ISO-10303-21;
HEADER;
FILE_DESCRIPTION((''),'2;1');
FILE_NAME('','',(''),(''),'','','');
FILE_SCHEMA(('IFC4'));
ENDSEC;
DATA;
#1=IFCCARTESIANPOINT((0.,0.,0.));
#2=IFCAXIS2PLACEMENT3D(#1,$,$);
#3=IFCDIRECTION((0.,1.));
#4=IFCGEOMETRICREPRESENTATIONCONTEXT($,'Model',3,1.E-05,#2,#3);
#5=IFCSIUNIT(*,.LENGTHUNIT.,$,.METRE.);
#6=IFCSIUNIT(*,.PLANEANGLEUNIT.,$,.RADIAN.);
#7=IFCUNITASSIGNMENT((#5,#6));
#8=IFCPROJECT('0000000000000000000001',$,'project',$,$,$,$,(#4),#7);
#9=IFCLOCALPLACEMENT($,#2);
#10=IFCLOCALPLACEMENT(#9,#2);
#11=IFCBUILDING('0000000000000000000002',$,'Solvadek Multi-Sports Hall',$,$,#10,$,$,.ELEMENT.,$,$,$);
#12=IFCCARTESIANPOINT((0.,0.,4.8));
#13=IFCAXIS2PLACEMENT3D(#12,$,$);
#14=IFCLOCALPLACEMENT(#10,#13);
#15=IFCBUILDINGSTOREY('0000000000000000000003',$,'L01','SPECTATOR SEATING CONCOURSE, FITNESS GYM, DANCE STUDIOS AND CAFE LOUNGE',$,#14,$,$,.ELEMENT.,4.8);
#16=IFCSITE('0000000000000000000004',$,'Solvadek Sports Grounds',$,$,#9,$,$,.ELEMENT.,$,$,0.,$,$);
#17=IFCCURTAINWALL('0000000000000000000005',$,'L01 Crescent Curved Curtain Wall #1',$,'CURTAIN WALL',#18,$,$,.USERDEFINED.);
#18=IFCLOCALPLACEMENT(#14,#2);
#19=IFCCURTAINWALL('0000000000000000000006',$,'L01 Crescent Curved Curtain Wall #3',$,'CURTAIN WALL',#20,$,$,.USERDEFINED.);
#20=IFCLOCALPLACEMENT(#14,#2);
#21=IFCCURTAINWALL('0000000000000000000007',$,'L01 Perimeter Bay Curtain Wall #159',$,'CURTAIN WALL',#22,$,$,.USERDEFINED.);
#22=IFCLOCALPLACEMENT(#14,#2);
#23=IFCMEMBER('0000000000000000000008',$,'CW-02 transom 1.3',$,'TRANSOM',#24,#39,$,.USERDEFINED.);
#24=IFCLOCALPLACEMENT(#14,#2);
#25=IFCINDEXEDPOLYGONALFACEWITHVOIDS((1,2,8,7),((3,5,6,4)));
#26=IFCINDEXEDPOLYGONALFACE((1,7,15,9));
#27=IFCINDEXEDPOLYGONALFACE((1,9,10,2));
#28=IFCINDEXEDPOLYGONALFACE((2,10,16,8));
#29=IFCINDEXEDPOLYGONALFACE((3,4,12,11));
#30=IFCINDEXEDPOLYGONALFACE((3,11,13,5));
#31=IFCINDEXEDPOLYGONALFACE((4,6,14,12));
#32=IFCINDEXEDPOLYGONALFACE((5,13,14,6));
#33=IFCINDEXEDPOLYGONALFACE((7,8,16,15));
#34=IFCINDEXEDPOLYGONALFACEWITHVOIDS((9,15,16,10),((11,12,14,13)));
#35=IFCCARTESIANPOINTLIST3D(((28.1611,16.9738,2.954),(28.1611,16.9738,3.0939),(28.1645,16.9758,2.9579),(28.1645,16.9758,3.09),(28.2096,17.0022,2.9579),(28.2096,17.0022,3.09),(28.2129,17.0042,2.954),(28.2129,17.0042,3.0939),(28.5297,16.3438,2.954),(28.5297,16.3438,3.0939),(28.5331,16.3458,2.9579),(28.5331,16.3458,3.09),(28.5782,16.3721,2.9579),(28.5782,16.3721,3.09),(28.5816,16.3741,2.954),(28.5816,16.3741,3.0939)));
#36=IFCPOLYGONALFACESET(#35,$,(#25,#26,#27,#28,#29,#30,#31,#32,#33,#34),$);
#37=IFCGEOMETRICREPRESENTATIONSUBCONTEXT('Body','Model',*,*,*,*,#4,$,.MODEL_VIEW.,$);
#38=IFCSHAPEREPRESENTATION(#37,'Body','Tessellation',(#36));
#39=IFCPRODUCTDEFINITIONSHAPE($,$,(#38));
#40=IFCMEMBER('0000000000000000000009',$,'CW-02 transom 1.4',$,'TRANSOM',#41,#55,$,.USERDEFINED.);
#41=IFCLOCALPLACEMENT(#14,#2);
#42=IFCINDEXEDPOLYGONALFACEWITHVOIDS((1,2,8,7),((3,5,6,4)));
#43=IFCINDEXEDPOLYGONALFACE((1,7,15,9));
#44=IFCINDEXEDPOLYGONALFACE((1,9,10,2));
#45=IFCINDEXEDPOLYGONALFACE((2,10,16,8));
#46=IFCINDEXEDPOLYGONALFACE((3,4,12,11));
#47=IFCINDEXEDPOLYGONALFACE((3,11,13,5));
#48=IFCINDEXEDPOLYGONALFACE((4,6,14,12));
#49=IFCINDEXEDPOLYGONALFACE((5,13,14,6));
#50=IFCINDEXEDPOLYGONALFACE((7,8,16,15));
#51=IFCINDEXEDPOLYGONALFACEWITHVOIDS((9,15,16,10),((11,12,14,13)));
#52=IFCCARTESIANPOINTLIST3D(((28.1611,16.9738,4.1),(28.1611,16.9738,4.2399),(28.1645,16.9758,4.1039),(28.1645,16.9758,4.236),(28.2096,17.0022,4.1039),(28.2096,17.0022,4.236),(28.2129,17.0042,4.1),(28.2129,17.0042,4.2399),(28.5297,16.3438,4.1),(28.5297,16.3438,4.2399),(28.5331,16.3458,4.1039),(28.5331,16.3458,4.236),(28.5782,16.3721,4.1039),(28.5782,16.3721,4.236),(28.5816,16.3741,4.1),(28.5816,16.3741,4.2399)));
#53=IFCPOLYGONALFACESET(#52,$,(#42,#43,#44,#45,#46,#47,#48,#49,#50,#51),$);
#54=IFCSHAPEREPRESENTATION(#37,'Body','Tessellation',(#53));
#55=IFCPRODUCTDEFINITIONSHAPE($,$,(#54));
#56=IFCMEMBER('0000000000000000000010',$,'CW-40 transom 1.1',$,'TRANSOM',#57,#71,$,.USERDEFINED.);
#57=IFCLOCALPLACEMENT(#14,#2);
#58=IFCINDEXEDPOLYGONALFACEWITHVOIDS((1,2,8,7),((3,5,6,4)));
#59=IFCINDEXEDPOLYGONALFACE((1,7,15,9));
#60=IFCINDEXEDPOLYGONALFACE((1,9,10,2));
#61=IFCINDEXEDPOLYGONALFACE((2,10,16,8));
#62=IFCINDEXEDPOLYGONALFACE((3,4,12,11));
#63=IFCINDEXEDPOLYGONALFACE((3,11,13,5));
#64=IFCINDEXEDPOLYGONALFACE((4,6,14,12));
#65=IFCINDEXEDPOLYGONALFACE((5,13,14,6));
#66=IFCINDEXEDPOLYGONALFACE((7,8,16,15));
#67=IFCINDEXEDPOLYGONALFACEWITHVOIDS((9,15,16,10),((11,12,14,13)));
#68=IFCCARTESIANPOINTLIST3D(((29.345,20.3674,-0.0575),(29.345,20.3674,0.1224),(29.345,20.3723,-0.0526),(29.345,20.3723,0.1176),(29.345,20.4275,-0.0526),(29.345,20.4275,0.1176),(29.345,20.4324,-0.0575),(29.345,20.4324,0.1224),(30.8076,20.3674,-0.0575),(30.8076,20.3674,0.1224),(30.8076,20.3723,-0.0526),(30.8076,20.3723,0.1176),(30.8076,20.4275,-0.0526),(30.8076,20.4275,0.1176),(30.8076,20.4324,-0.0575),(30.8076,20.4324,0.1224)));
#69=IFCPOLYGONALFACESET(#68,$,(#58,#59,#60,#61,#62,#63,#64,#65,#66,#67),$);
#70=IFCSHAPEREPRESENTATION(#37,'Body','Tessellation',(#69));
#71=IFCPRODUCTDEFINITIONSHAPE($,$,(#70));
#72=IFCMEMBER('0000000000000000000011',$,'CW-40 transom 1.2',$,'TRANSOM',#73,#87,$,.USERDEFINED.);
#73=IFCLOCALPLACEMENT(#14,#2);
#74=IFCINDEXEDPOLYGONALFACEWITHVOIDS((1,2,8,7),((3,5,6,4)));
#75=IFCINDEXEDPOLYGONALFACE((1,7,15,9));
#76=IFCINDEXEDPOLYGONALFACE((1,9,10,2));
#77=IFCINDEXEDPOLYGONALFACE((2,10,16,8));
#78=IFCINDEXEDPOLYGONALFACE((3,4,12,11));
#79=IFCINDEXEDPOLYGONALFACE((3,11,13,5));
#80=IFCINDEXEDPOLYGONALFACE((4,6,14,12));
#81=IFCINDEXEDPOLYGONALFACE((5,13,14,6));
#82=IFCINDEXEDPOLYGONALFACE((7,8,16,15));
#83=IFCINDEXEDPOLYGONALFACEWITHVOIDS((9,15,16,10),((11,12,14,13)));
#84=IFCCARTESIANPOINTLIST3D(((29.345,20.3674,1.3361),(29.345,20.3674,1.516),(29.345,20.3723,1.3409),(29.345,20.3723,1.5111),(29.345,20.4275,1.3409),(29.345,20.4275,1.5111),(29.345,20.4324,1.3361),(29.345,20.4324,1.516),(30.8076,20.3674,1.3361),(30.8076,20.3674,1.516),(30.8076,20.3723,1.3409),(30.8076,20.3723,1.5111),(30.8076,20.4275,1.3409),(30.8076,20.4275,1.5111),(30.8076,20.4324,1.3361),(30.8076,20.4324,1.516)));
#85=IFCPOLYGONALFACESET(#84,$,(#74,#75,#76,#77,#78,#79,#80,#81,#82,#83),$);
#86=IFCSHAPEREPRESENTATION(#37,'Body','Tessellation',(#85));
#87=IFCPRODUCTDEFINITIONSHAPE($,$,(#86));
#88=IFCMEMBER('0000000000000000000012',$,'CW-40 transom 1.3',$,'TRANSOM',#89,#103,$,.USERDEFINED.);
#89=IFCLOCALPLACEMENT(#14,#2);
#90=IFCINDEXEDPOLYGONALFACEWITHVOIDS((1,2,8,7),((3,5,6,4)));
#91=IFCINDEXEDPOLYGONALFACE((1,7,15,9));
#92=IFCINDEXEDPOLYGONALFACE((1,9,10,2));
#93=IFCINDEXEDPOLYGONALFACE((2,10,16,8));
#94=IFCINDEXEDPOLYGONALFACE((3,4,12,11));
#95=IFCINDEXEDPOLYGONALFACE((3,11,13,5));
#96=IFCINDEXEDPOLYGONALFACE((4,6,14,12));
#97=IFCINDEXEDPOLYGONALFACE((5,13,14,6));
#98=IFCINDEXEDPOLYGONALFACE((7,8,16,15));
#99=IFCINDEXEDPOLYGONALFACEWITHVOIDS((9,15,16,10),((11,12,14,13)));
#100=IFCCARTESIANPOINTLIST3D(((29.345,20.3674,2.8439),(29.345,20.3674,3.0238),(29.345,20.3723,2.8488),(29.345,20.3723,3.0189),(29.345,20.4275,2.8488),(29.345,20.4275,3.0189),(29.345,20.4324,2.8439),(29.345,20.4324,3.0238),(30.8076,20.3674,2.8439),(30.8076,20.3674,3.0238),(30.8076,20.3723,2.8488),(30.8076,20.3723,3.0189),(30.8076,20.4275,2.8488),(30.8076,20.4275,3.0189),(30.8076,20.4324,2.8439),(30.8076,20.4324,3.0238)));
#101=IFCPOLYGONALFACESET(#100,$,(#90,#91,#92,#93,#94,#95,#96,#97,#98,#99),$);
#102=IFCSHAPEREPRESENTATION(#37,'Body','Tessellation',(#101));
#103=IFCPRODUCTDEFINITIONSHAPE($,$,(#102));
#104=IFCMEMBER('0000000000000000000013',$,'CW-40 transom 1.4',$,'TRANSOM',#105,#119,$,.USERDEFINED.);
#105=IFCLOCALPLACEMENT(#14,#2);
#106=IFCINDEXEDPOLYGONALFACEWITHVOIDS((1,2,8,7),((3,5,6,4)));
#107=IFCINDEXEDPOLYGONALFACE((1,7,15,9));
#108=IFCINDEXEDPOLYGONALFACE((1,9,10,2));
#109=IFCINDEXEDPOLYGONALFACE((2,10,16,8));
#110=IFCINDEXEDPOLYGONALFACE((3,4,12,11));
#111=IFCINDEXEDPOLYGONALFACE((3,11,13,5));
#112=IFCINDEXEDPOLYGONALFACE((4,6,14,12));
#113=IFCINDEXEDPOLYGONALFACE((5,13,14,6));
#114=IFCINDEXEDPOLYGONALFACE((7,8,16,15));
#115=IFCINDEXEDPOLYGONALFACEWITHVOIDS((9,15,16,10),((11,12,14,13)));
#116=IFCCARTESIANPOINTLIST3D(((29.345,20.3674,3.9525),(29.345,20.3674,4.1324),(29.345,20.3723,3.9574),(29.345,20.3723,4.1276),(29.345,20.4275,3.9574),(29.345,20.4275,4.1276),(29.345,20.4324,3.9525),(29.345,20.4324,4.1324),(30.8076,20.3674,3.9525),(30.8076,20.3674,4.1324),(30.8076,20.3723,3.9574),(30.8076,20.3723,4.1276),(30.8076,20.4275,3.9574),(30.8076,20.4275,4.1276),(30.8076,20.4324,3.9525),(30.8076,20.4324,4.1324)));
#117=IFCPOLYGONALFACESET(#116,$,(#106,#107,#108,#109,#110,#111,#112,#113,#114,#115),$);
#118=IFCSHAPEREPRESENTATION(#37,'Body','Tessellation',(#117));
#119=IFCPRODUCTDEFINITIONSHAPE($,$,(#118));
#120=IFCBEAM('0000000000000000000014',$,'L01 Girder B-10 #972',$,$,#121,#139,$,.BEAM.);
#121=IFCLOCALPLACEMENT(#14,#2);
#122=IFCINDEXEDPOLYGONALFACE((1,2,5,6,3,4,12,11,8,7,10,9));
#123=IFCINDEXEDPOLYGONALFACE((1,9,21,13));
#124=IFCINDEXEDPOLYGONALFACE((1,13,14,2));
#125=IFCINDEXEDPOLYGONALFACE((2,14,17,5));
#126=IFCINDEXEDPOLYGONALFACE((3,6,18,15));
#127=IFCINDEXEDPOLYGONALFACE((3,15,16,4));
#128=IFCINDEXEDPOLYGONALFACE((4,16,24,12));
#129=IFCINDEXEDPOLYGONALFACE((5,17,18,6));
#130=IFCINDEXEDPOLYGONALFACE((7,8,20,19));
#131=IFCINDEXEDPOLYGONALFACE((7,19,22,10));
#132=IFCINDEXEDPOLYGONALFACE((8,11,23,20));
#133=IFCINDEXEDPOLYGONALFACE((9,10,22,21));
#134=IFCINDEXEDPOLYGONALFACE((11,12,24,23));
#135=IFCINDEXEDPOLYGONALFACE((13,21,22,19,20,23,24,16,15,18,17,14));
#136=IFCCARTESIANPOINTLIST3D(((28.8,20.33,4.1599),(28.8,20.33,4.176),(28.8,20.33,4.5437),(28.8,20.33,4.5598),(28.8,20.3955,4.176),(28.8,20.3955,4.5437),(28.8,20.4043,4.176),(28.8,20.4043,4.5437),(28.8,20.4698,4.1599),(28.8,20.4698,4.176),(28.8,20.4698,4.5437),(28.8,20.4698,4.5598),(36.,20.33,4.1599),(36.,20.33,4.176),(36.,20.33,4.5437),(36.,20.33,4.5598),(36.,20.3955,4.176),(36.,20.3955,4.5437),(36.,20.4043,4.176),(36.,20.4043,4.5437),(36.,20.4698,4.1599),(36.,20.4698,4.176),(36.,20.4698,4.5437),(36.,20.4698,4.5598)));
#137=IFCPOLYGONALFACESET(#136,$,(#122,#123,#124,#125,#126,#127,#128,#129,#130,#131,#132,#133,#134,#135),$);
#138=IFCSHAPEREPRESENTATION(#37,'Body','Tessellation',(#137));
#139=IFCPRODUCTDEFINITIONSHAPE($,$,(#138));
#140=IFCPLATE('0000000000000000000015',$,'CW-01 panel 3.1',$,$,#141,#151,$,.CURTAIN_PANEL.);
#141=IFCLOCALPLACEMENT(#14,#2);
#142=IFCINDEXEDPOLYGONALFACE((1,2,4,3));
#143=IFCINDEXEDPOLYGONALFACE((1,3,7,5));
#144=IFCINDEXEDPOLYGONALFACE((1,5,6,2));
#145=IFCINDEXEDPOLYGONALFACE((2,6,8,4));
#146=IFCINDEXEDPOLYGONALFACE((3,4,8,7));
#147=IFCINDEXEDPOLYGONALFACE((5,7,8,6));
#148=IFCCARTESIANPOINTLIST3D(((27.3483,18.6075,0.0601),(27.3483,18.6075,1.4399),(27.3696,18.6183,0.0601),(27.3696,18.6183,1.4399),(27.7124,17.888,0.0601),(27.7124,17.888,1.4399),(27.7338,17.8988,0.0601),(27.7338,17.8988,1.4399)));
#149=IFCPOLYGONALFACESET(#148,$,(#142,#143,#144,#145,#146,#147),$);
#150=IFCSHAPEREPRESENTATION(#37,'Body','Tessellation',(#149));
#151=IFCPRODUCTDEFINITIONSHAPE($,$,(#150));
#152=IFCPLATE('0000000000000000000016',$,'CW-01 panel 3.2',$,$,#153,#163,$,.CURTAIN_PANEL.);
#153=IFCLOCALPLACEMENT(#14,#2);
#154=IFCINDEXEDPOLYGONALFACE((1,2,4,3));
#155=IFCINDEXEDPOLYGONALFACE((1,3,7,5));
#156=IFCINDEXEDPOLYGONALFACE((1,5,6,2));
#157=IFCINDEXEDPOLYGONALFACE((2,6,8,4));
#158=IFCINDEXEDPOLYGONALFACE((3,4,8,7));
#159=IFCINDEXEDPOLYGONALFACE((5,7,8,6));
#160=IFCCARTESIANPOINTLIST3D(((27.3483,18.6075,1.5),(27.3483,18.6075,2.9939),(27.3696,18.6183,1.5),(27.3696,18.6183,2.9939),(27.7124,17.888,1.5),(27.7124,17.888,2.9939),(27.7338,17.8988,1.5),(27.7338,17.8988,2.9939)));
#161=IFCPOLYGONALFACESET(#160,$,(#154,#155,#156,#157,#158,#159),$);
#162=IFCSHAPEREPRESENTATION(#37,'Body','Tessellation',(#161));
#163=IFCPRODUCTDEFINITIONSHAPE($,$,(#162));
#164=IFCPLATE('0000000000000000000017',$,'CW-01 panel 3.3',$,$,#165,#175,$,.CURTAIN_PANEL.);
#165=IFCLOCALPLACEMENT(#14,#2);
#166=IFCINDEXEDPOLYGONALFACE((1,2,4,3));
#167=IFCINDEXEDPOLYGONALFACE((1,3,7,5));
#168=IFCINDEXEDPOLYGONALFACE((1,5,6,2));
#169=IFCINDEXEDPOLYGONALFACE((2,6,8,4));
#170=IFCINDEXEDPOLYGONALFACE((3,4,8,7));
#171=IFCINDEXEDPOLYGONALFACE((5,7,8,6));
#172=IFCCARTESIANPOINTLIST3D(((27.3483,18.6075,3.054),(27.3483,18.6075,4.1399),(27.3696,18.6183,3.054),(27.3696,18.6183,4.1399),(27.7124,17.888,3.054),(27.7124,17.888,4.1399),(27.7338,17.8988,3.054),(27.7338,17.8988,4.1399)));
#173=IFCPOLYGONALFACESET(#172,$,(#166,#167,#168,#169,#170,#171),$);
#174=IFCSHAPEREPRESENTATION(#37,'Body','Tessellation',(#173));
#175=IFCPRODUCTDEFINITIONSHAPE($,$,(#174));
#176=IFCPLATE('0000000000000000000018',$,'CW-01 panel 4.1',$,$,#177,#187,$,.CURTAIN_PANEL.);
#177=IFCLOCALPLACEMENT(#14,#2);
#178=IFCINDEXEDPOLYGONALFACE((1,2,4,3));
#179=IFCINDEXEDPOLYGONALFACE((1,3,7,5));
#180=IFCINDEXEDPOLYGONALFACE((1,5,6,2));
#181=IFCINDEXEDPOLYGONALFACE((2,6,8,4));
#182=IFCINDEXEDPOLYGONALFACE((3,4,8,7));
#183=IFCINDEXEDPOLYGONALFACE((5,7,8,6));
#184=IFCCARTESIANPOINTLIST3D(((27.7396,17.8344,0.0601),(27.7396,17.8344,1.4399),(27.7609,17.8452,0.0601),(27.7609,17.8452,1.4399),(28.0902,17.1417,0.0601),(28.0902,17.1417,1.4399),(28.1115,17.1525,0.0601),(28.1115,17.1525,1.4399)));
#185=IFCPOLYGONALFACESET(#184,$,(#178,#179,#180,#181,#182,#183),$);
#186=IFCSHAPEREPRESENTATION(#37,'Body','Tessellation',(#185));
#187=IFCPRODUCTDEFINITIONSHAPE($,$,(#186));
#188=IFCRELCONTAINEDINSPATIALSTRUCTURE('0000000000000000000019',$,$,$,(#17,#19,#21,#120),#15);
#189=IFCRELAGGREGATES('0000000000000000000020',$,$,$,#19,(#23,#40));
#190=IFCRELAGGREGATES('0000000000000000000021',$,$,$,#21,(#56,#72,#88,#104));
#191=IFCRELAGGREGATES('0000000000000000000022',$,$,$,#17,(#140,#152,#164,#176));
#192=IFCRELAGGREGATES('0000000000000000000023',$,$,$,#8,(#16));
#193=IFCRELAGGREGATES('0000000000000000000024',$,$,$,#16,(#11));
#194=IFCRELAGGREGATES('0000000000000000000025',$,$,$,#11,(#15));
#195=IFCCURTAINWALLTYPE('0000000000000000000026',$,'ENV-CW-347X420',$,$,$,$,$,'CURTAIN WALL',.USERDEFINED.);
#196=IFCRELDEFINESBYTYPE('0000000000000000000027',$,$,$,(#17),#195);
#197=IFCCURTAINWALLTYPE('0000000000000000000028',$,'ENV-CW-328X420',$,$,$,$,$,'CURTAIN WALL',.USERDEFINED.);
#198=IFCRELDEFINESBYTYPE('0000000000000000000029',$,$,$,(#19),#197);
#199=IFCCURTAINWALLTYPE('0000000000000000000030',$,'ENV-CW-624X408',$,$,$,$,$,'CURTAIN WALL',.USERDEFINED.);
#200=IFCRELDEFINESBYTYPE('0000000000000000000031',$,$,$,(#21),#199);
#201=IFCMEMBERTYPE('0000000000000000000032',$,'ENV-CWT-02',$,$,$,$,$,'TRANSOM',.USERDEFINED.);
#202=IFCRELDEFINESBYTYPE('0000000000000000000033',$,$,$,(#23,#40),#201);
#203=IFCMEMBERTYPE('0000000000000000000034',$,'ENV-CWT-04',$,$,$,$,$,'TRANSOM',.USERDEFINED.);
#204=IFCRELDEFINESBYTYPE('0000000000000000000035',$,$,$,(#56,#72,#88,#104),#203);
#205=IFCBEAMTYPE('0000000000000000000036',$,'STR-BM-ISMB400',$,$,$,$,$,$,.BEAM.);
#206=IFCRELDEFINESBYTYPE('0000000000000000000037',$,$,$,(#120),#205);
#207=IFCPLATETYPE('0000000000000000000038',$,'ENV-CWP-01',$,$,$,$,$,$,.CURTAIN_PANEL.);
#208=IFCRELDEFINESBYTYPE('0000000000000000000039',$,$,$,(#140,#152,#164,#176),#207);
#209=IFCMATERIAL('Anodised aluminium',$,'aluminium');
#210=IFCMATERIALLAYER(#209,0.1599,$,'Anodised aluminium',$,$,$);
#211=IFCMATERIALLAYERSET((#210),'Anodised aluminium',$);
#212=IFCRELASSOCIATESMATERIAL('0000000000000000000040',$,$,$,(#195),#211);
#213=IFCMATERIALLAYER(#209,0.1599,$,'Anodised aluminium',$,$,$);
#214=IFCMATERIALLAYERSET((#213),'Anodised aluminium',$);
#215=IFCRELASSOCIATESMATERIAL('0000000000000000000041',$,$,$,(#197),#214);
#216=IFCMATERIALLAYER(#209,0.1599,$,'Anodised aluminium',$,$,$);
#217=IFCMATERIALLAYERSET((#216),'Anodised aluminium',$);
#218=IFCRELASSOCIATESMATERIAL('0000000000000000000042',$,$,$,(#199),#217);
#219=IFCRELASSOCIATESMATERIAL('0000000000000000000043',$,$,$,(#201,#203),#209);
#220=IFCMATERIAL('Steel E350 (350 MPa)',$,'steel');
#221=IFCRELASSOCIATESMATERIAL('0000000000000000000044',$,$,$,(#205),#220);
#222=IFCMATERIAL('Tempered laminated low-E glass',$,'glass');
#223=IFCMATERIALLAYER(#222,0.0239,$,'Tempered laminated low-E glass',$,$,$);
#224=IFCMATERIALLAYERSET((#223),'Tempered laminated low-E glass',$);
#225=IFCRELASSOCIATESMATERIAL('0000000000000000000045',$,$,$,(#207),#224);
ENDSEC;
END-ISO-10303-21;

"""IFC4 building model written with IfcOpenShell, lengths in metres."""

from ifc_helpers import new_model, si_unit, direction, frame, origin, origin_2d, place, context, subcontext, project, spatial, rectangle, hollow_rectangle, i_section, extrude, material, layer, layer_set, material_profile, profile_set, type_object, element, aggregate, save


model = new_model("IFC4")

# Units and contexts
model_context = context("Model", 3, precision=1e-05, world=origin(), true_north=direction((0.0, 1.0)))
body_context = subcontext(model_context, "Body", "Model", "MODEL_VIEW")
ifc_project = project(units=[si_unit("LENGTHUNIT", "METRE"), si_unit("PLANEANGLEUNIT", "RADIAN")], contexts=[model_context])

# Site, building, storey
site_placement = place(None, origin())
site = spatial("IfcSite", under=ifc_project, at=site_placement, Name="Solvadek Sports Grounds", CompositionType="ELEMENT", RefElevation=0.0)
building_placement = place(site_placement, origin())
building = spatial("IfcBuilding", under=site, at=building_placement, Name="Solvadek Multi-Sports Hall", CompositionType="ELEMENT")
storey_placement = place(building_placement, frame((0.0, 0.0, 4.8)))
storey = spatial("IfcBuildingStorey", under=building, at=storey_placement, Name="L01", Description="SPECTATOR SEATING CONCOURSE, FITNESS GYM, DANCE STUDIOS AND CAFE LOUNGE", CompositionType="ELEMENT", Elevation=4.8)

# Shared definitions
ifc_material_1 = material(Name="Steel E350 (350 MPa)", Category="steel")

# Curtain wall
ifc_material_2 = material(Name="Anodised aluminium", Category="aluminium")
ifc_layer_1 = layer(ifc_material_2, 0.1599, Name="Anodised aluminium")
ifc_layer_set_1 = layer_set([ifc_layer_1], Name="Anodised aluminium")
curtain_wall_type_1 = type_object("IfcCurtainWallType", Name="ENV-CW-347X420", ElementType="CURTAIN WALL", PredefinedType="USERDEFINED", material=ifc_layer_set_1)
curtain_wall_1_placement = place(storey_placement, origin())
curtain_wall_1 = element("IfcCurtainWall", 1, at=curtain_wall_1_placement, inside=storey, type_object=curtain_wall_type_1, Name="L01 Crescent Curved Curtain Wall #1", ObjectType="CURTAIN WALL", PredefinedType="USERDEFINED")

# Curtain walls
ifc_layer_2 = layer(ifc_material_2, 0.1599, Name="Anodised aluminium")
ifc_layer_set_2 = layer_set([ifc_layer_2], Name="Anodised aluminium")
curtain_wall_type_2 = type_object("IfcCurtainWallType", Name="ENV-CW-328X420", ElementType="CURTAIN WALL", PredefinedType="USERDEFINED", material=ifc_layer_set_2)
curtain_wall_2_placement = place(storey_placement, origin())
curtain_wall_2 = element("IfcCurtainWall", 2, at=curtain_wall_2_placement, inside=storey, type_object=curtain_wall_type_2, Name="L01 Crescent Curved Curtain Wall #3", ObjectType="CURTAIN WALL", PredefinedType="USERDEFINED")
ifc_layer_3 = layer(ifc_material_2, 0.1599, Name="Anodised aluminium")
ifc_layer_set_3 = layer_set([ifc_layer_3], Name="Anodised aluminium")
curtain_wall_type_3 = type_object("IfcCurtainWallType", Name="ENV-CW-624X408", ElementType="CURTAIN WALL", PredefinedType="USERDEFINED", material=ifc_layer_set_3)
curtain_wall_3_placement = place(storey_placement, origin())
curtain_wall_3 = element("IfcCurtainWall", 3, at=curtain_wall_3_placement, inside=storey, type_object=curtain_wall_type_3, Name="L01 Perimeter Bay Curtain Wall #159", ObjectType="CURTAIN WALL", PredefinedType="USERDEFINED")

# Members
ifc_material_profile_1 = material_profile(ifc_material_2, hollow_rectangle(XDim=0.0601, YDim=0.1399, WallThickness=0.0039, at=origin_2d()), Name="ALU-T 140x60x4")
ifc_profile_set_1 = profile_set([ifc_material_profile_1], Name="Anodised aluminium")
member_type_1 = type_object("IfcMemberType", Name="ENV-CWT-02", ElementType="TRANSOM", PredefinedType="USERDEFINED", material=ifc_profile_set_1)
member_1_placement = place(storey_placement, frame((28.187, 16.989, 3.0239), z_axis=(0.504973, -0.863135, 0.0), x_axis=(0.863135, 0.504973, 0.0)))
member_1 = element("IfcMember", 4, at=member_1_placement, type_object=member_type_1, Name="CW-02 transom 1.3", ObjectType="TRANSOM", PredefinedType="USERDEFINED", context=body_context, shape_type="SweptSolid", body=[
    extrude(hollow_rectangle(XDim=0.0601, YDim=0.1399, WallThickness=0.0039, at=origin_2d()), origin(), (0.0, 0.0, 1.0), 0.73),
])
member_2_placement = place(storey_placement, frame((28.187, 16.989, 4.1699), z_axis=(0.504973, -0.863135, 0.0), x_axis=(0.863135, 0.504973, 0.0)))
member_2 = element("IfcMember", 5, at=member_2_placement, type_object=member_type_1, Name="CW-02 transom 1.4", ObjectType="TRANSOM", PredefinedType="USERDEFINED", context=body_context, shape_type="SweptSolid", body=[
    extrude(hollow_rectangle(XDim=0.0601, YDim=0.1399, WallThickness=0.0039, at=origin_2d()), origin(), (0.0, 0.0, 1.0), 0.73),
])
aggregate(curtain_wall_2, [member_1, member_2])
ifc_material_profile_2 = material_profile(ifc_material_2, hollow_rectangle(XDim=0.0649, YDim=0.1799, WallThickness=0.0049, at=origin_2d()), Name="ALU-T 180x65x5")
ifc_profile_set_2 = profile_set([ifc_material_profile_2], Name="Anodised aluminium")
member_type_2 = type_object("IfcMemberType", Name="ENV-CWT-04", ElementType="TRANSOM", PredefinedType="USERDEFINED", material=ifc_profile_set_2)
member_3_placement = place(storey_placement, frame((29.345, 20.3999, 0.0325), z_axis=(1.0, 0.0, 0.0), x_axis=(0.0, 1.0, 0.0)))
member_3 = element("IfcMember", 6, at=member_3_placement, type_object=member_type_2, Name="CW-40 transom 1.1", ObjectType="TRANSOM", PredefinedType="USERDEFINED", context=body_context, shape_type="SweptSolid", body=[
    extrude(hollow_rectangle(XDim=0.0649, YDim=0.1799, WallThickness=0.0049, at=origin_2d()), origin(), (0.0, 0.0, 1.0), 1.4626),
])
member_4_placement = place(storey_placement, frame((29.345, 20.3999, 1.426), z_axis=(1.0, 0.0, 0.0), x_axis=(0.0, 1.0, 0.0)))
member_4 = element("IfcMember", 7, at=member_4_placement, type_object=member_type_2, Name="CW-40 transom 1.2", ObjectType="TRANSOM", PredefinedType="USERDEFINED", context=body_context, shape_type="SweptSolid", body=[
    extrude(hollow_rectangle(XDim=0.0649, YDim=0.1799, WallThickness=0.0049, at=origin_2d()), origin(), (0.0, 0.0, 1.0), 1.4626),
])
member_5_placement = place(storey_placement, frame((29.345, 20.3999, 2.9338), z_axis=(1.0, 0.0, 0.0), x_axis=(0.0, 1.0, 0.0)))
member_5 = element("IfcMember", 8, at=member_5_placement, type_object=member_type_2, Name="CW-40 transom 1.3", ObjectType="TRANSOM", PredefinedType="USERDEFINED", context=body_context, shape_type="SweptSolid", body=[
    extrude(hollow_rectangle(XDim=0.0649, YDim=0.1799, WallThickness=0.0049, at=origin_2d()), origin(), (0.0, 0.0, 1.0), 1.4626),
])
member_6_placement = place(storey_placement, frame((29.345, 20.3999, 4.0425), z_axis=(1.0, 0.0, 0.0), x_axis=(0.0, 1.0, 0.0)))
member_6 = element("IfcMember", 9, at=member_6_placement, type_object=member_type_2, Name="CW-40 transom 1.4", ObjectType="TRANSOM", PredefinedType="USERDEFINED", context=body_context, shape_type="SweptSolid", body=[
    extrude(hollow_rectangle(XDim=0.0649, YDim=0.1799, WallThickness=0.0049, at=origin_2d()), origin(), (0.0, 0.0, 1.0), 1.4626),
])
aggregate(curtain_wall_3, [member_3, member_4, member_5, member_6])

# Beam
ifc_material_profile_3 = material_profile(ifc_material_1, i_section(OverallWidth=0.1399, OverallDepth=0.3999, WebThickness=0.0088, FlangeThickness=0.0161, at=origin_2d()), Name="ISMB 400")
ifc_profile_set_3 = profile_set([ifc_material_profile_3], Name="Steel E350 (350 MPa)")
beam_type = type_object("IfcBeamType", Name="STR-BM-ISMB400", PredefinedType="BEAM", material=ifc_profile_set_3)
beam_placement = place(storey_placement, frame((28.8, 20.3999, 4.3599), z_axis=(1.0, 0.0, 0.0), x_axis=(0.0, 1.0, 0.0)))
element("IfcBeam", 10, at=beam_placement, inside=storey, type_object=beam_type, Name="L01 Girder B-10 #972", PredefinedType="BEAM", context=body_context, shape_type="SweptSolid", body=[
    extrude(i_section(OverallWidth=0.1399, OverallDepth=0.3999, WebThickness=0.0088, FlangeThickness=0.0161, at=origin_2d()), origin(), (0.0, 0.0, 1.0), 7.2),
])

# Plates
ifc_material_3 = material(Name="Tempered laminated low-E glass", Category="glass")
ifc_layer_4 = layer(ifc_material_3, 0.0239, Name="Tempered laminated low-E glass")
ifc_layer_set_4 = layer_set([ifc_layer_4], Name="Tempered laminated low-E glass")
plate_type_1 = type_object("IfcPlateType", Name="ENV-CWP-01", PredefinedType="CURTAIN_PANEL", material=ifc_layer_set_4)
plate_1_placement = place(storey_placement, frame((27.541, 18.2532, 0.0601), z_axis=(0.0, 0.0, 1.0), x_axis=(0.451559, -0.892241, 0.0)))
plate_1 = element("IfcPlate", 11, at=plate_1_placement, type_object=plate_type_1, Name="CW-01 panel 3.1", PredefinedType="CURTAIN_PANEL", context=body_context, shape_type="SweptSolid", body=[
    extrude(rectangle(XDim=0.8064, YDim=0.0239, at=origin_2d()), origin(), (0.0, 0.0, 1.0), 1.3799),
])
plate_2_placement = place(storey_placement, frame((27.541, 18.2532, 1.5), z_axis=(0.0, 0.0, 1.0), x_axis=(0.451559, -0.892241, 0.0)))
plate_2 = element("IfcPlate", 12, at=plate_2_placement, type_object=plate_type_1, Name="CW-01 panel 3.2", PredefinedType="CURTAIN_PANEL", context=body_context, shape_type="SweptSolid", body=[
    extrude(rectangle(XDim=0.8064, YDim=0.0239, at=origin_2d()), origin(), (0.0, 0.0, 1.0), 1.4939),
])
plate_3_placement = place(storey_placement, frame((27.541, 18.2532, 3.054), z_axis=(0.0, 0.0, 1.0), x_axis=(0.451559, -0.892241, 0.0)))
plate_3 = element("IfcPlate", 13, at=plate_3_placement, type_object=plate_type_1, Name="CW-01 panel 3.3", PredefinedType="CURTAIN_PANEL", context=body_context, shape_type="SweptSolid", body=[
    extrude(rectangle(XDim=0.8064, YDim=0.0239, at=origin_2d()), origin(), (0.0, 0.0, 1.0), 1.0859),
])
plate_4_placement = place(storey_placement, frame((27.9255, 17.4934, 0.0601), z_axis=(0.0, 0.0, 1.0), x_axis=(0.451559, -0.892241, 0.0)))
plate_4 = element("IfcPlate", 14, at=plate_4_placement, type_object=plate_type_1, Name="CW-01 panel 4.1", PredefinedType="CURTAIN_PANEL", context=body_context, shape_type="SweptSolid", body=[
    extrude(rectangle(XDim=0.7764, YDim=0.0239, at=origin_2d()), origin(), (0.0, 0.0, 1.0), 1.3799),
])
aggregate(curtain_wall_1, [plate_1, plate_2, plate_3, plate_4])

save(model, "model.ifc")
